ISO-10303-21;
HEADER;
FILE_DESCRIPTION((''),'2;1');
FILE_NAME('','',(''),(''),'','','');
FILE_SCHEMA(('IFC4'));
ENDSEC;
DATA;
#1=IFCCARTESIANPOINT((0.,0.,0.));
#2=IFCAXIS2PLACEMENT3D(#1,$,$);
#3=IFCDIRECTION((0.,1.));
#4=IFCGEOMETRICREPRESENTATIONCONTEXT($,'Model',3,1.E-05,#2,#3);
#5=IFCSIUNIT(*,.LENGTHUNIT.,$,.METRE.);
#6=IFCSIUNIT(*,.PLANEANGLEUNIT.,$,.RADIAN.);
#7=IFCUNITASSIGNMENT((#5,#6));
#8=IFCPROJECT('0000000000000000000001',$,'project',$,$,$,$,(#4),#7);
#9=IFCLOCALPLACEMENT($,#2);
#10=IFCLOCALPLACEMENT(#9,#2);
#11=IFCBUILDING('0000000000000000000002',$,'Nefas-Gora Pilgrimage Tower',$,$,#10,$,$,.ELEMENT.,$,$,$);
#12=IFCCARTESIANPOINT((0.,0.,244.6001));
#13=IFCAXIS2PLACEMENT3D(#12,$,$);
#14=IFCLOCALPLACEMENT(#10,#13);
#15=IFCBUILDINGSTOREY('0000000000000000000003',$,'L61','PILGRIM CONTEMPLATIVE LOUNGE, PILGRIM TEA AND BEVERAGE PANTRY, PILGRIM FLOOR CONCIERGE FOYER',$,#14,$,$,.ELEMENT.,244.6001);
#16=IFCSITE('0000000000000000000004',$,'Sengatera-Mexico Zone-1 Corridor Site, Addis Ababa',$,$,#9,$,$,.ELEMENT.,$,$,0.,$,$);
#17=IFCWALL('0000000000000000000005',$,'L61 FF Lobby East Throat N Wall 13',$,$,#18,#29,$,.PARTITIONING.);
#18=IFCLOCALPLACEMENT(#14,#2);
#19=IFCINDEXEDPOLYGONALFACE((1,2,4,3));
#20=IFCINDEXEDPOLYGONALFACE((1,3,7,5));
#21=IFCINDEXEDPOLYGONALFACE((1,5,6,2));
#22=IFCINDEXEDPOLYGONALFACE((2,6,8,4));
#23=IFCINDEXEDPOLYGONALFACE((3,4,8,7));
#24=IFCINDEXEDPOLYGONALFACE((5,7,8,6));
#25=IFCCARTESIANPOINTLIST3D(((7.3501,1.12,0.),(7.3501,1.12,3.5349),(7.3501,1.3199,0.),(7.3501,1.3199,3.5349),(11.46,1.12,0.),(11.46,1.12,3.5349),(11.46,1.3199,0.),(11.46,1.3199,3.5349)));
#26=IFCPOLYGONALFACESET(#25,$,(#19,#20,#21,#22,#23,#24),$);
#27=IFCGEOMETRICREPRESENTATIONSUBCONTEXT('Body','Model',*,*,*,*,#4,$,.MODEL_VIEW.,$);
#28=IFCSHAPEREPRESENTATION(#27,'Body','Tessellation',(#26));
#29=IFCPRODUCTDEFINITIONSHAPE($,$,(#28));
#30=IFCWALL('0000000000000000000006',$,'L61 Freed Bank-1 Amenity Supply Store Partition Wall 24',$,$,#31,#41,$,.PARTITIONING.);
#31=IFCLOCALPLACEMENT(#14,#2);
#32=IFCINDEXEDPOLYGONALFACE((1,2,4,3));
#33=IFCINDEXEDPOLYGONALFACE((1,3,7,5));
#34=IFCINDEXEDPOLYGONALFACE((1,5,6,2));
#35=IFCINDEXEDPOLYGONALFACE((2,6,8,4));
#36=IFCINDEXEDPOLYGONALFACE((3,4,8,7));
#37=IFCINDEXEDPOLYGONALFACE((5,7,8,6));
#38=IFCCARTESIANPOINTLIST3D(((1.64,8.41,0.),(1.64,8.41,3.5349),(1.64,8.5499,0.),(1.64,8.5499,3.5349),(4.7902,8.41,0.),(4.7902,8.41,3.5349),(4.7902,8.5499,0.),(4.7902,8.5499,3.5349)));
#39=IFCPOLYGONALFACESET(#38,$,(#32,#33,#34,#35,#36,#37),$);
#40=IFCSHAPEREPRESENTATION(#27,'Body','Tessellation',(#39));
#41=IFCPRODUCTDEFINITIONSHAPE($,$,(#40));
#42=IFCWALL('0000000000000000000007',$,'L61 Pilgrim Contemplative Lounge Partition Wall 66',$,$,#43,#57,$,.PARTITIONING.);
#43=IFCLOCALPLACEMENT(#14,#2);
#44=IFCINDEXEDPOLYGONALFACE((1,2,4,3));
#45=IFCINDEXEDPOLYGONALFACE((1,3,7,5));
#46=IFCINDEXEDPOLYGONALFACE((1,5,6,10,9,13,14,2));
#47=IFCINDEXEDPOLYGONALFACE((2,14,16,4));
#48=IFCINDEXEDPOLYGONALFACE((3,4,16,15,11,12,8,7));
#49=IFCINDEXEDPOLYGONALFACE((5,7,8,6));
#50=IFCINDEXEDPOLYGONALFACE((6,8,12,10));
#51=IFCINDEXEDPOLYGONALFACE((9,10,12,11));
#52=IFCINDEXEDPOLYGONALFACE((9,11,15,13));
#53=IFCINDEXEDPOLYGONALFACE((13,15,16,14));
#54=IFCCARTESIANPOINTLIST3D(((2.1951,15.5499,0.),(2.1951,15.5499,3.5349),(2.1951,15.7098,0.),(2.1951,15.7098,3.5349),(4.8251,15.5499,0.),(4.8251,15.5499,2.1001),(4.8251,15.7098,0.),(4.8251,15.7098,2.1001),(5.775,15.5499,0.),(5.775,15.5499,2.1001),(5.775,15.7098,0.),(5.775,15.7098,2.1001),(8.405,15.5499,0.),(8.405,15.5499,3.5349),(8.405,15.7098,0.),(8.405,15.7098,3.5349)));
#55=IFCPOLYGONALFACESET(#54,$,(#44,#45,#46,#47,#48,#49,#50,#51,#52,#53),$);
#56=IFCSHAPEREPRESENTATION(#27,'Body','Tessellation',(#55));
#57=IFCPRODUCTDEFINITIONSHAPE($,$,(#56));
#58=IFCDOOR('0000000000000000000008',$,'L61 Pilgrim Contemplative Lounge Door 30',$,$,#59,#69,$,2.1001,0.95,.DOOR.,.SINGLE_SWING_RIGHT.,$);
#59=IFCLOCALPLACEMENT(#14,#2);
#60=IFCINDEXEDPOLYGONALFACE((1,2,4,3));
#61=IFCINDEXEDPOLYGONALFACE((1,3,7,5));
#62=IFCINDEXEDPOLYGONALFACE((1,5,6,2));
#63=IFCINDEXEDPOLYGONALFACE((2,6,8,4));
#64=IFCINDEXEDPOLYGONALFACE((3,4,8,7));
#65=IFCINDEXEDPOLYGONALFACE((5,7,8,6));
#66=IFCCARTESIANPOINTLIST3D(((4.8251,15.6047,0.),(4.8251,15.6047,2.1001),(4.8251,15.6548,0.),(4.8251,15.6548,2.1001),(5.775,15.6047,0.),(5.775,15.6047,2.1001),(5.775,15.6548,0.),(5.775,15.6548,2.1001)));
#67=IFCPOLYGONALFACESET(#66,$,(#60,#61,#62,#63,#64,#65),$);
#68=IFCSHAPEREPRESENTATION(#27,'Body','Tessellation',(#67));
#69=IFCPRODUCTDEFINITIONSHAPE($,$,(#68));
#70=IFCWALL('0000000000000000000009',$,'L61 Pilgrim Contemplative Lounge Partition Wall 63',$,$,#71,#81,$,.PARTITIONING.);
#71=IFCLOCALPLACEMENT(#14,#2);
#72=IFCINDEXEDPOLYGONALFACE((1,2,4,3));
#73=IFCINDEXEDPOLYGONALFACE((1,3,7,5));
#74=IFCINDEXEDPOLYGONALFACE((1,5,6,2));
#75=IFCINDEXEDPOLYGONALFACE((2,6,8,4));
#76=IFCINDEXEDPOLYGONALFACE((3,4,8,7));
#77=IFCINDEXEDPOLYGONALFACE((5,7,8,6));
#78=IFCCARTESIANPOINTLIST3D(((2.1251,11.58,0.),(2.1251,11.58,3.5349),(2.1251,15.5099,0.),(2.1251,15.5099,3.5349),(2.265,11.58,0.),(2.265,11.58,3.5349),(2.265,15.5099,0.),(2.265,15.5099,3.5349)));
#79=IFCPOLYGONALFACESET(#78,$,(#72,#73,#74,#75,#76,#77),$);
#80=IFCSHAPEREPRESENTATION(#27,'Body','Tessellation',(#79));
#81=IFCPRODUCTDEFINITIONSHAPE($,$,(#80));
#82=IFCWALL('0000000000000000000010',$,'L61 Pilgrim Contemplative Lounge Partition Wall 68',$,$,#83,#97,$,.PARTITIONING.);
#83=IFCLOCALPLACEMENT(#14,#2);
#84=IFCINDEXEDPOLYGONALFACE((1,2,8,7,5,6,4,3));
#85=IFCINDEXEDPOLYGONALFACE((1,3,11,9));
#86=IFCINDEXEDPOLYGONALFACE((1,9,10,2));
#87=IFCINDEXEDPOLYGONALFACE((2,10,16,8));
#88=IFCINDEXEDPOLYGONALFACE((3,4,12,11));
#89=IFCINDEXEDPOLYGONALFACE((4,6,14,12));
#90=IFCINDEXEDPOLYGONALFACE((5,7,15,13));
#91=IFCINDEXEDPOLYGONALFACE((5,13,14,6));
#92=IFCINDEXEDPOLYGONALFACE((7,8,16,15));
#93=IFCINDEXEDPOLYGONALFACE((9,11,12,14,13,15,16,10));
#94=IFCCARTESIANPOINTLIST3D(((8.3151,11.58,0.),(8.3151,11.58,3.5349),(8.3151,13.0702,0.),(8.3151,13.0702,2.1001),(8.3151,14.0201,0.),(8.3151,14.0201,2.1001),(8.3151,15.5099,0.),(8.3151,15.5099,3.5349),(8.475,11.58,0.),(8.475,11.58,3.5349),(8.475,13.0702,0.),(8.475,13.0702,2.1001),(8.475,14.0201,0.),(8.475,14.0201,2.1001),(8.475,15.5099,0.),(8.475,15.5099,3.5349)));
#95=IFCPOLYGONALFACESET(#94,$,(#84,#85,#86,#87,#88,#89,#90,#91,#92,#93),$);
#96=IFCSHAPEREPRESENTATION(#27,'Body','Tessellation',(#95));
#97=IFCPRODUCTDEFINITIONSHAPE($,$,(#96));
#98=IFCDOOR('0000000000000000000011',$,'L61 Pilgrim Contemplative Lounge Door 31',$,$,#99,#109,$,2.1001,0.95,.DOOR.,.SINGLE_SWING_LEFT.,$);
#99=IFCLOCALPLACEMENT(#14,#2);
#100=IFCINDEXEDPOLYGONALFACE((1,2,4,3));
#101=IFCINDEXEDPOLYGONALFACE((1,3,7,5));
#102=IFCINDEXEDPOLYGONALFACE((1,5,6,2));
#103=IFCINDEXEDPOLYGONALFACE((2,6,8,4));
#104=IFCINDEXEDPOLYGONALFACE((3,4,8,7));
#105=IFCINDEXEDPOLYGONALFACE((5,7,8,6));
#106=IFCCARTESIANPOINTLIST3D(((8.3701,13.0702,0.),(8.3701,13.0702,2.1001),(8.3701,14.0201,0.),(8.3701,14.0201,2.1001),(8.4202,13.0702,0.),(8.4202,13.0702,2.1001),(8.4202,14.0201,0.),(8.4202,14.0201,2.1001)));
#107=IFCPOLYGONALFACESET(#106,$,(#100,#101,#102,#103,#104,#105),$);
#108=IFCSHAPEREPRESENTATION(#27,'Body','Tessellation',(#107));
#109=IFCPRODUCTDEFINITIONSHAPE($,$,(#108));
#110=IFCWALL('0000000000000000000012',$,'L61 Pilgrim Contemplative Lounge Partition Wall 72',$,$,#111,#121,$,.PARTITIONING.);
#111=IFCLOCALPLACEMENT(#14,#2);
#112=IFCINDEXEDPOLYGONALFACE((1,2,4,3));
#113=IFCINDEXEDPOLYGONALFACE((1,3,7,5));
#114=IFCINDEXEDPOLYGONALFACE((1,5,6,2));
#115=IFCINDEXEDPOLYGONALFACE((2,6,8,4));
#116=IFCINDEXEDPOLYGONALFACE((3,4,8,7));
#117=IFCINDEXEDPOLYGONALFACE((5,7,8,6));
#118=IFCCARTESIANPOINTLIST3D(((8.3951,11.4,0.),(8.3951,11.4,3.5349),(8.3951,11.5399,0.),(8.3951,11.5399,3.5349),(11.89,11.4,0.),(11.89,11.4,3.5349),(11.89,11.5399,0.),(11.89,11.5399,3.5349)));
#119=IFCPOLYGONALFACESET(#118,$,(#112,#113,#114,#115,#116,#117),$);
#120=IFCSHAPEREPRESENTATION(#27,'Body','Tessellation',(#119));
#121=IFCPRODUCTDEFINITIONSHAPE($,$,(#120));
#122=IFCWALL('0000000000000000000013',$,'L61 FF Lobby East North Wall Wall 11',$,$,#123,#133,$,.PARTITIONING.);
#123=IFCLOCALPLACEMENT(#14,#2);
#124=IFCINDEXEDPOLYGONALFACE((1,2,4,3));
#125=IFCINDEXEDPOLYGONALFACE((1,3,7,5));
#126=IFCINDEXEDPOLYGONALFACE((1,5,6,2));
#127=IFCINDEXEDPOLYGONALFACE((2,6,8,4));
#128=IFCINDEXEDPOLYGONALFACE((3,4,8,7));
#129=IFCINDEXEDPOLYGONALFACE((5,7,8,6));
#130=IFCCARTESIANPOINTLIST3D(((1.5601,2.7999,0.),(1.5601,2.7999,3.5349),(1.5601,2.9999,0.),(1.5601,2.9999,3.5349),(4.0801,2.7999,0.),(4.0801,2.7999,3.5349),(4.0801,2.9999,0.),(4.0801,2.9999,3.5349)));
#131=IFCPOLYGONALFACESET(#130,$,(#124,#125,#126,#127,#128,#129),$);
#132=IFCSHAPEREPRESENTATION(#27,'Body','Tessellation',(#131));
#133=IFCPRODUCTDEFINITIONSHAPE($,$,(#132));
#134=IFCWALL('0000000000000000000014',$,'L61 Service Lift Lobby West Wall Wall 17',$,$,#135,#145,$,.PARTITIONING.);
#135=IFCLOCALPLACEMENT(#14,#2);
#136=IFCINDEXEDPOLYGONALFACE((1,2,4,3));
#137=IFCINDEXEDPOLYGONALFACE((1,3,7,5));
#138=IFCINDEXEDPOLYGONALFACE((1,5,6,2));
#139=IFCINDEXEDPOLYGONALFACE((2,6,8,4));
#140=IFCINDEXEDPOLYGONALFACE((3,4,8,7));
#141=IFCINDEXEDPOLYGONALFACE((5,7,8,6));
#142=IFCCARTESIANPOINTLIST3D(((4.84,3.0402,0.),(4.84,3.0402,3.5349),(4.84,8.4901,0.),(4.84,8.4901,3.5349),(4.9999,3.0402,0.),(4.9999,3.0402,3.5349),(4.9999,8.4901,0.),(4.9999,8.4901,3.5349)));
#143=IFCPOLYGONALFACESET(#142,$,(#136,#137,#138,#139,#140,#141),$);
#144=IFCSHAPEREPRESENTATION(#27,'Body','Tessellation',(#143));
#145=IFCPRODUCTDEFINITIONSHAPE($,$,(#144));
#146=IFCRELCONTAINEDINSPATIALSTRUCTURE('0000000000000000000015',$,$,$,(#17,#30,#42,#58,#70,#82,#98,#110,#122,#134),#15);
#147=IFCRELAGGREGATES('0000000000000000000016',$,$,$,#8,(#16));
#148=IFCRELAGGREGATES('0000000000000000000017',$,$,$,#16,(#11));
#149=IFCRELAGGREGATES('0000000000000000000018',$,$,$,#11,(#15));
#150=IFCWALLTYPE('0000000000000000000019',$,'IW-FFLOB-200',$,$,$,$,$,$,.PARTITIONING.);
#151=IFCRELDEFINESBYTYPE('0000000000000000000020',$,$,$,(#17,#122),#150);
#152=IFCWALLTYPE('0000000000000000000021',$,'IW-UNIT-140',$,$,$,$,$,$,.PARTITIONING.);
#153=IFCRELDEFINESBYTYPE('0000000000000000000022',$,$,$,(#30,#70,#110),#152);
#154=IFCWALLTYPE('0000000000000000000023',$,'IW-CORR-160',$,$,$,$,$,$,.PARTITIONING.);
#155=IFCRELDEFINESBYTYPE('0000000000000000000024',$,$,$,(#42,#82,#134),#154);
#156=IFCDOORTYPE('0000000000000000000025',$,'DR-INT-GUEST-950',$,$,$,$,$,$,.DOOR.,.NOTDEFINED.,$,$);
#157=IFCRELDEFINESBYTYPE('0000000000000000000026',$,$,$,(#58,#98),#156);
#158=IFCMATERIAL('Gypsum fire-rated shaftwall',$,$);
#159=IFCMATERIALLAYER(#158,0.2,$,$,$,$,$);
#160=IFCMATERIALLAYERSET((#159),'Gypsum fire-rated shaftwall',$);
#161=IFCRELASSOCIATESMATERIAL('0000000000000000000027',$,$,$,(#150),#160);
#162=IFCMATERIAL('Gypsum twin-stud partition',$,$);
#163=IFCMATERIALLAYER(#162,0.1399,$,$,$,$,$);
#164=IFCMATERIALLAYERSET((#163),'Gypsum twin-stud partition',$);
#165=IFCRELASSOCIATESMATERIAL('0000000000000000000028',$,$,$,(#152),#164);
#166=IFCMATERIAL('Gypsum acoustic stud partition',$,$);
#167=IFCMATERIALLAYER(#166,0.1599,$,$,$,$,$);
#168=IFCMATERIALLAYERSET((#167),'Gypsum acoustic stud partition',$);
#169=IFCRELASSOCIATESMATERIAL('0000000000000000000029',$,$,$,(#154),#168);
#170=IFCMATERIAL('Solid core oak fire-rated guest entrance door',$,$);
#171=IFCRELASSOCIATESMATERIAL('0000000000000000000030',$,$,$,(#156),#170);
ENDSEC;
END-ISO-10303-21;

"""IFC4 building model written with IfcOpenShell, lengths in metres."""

from ifc_helpers import new_model, si_unit, direction, frame, frame_2d, origin, place, context, subcontext, project, spatial, rectangle, extrude, source, transform, mapped, material, layer, layer_set, type_object, element, fill, save


model = new_model("IFC4")

# Units and contexts
model_context = context("Model", 3, precision=1e-05, world=origin(), true_north=direction((0.0, 1.0)))
body_context = subcontext(model_context, "Body", "Model", "MODEL_VIEW")
ifc_project = project(units=[si_unit("LENGTHUNIT", "METRE"), si_unit("PLANEANGLEUNIT", "RADIAN")], contexts=[model_context])

# Site, building, storey
site_placement = place(None, origin())
site = spatial("IfcSite", under=ifc_project, at=site_placement, Name="Sengatera-Mexico Zone-1 Corridor Site, Addis Ababa", CompositionType="ELEMENT", RefElevation=0.0)
building_placement = place(site_placement, origin())
building = spatial("IfcBuilding", under=site, at=building_placement, Name="Nefas-Gora Pilgrimage Tower", CompositionType="ELEMENT")
storey_placement = place(building_placement, frame((0.0, 0.0, 244.6001)))
storey = spatial("IfcBuildingStorey", under=building, at=storey_placement, Name="L61", Description="PILGRIM CONTEMPLATIVE LOUNGE, PILGRIM TEA AND BEVERAGE PANTRY, PILGRIM FLOOR CONCIERGE FOYER", CompositionType="ELEMENT", Elevation=244.6001)

# Shared definitions
ifc_material_1 = material(Name="Gypsum fire-rated shaftwall")
ifc_layer_1 = layer(ifc_material_1, 0.2)
ifc_layer_set_1 = layer_set([ifc_layer_1], Name="Gypsum fire-rated shaftwall")
wall_type_1 = type_object("IfcWallType", Name="IW-FFLOB-200", PredefinedType="PARTITIONING", material=ifc_layer_set_1)

# Walls
shared_shape_1 = source(origin(), body_context, "Body", "SweptSolid", [
    extrude(rectangle(XDim=4.1099, YDim=0.2, at=frame_2d((2.0549, 0.0))), origin(), (0.0, 0.0, 1.0), 3.5349),
])
wall_1_placement = place(storey_placement, frame((7.3501, 1.22, 0.0), z_axis=(0.0, 0.0, 1.0), x_axis=(1.0, 0.0, 0.0)))
element("IfcWall", 1, at=wall_1_placement, inside=storey, type_object=wall_type_1, Name="L61 FF Lobby East Throat N Wall 13", PredefinedType="PARTITIONING", context=body_context, shape_type="MappedRepresentation", body=[
    mapped(shared_shape_1, transform((0.0, 0.0, 0.0), x_axis=(1.0, 0.0, 0.0), y_axis=(0.0, 1.0, 0.0), z_axis=(0.0, 0.0, 1.0), scale=1.0)),
])
ifc_material_2 = material(Name="Gypsum twin-stud partition")
ifc_layer_2 = layer(ifc_material_2, 0.1399)
ifc_layer_set_2 = layer_set([ifc_layer_2], Name="Gypsum twin-stud partition")
wall_type_2 = type_object("IfcWallType", Name="IW-UNIT-140", PredefinedType="PARTITIONING", material=ifc_layer_set_2)
shared_shape_2 = source(origin(), body_context, "Body", "SweptSolid", [
    extrude(rectangle(XDim=3.1501, YDim=0.1399, at=frame_2d((1.5752, 0.0))), origin(), (0.0, 0.0, 1.0), 3.5349),
])
wall_2_placement = place(storey_placement, frame((1.6399, 8.48, 0.0), z_axis=(0.0, 0.0, 1.0), x_axis=(1.0, 0.0, 0.0)))
element("IfcWall", 2, at=wall_2_placement, inside=storey, type_object=wall_type_2, Name="L61 Freed Bank-1 Amenity Supply Store Partition Wall 24", PredefinedType="PARTITIONING", context=body_context, shape_type="MappedRepresentation", body=[
    mapped(shared_shape_2, transform((0.0, 0.0, 0.0), x_axis=(1.0, 0.0, 0.0), y_axis=(0.0, 1.0, 0.0), z_axis=(0.0, 0.0, 1.0), scale=1.0)),
])

# Wall, opening, door
ifc_material_3 = material(Name="Gypsum acoustic stud partition")
ifc_layer_3 = layer(ifc_material_3, 0.1599)
ifc_layer_set_3 = layer_set([ifc_layer_3], Name="Gypsum acoustic stud partition")
wall_type_3 = type_object("IfcWallType", Name="IW-CORR-160", PredefinedType="PARTITIONING", material=ifc_layer_set_3)
shared_shape_3 = source(origin(), body_context, "Body", "SweptSolid", [
    extrude(rectangle(XDim=6.21, YDim=0.1599, at=frame_2d((3.105, 0.0))), origin(), (0.0, 0.0, 1.0), 3.5349),
])
wall_3_placement = place(storey_placement, frame((2.1951, 15.6299, 0.0), z_axis=(0.0, 0.0, 1.0), x_axis=(1.0, 0.0, 0.0)))
wall_3 = element("IfcWall", 3, at=wall_3_placement, inside=storey, type_object=wall_type_3, Name="L61 Pilgrim Contemplative Lounge Partition Wall 66", PredefinedType="PARTITIONING", context=body_context, shape_type="MappedRepresentation", body=[
    mapped(shared_shape_3, transform((0.0, 0.0, 0.0), x_axis=(1.0, 0.0, 0.0), y_axis=(0.0, 1.0, 0.0), z_axis=(0.0, 0.0, 1.0), scale=1.0)),
])
opening_1_placement = place(wall_3_placement, frame((2.6299, 0.0, 0.0)))
opening_1 = element("IfcOpeningElement", 4, at=opening_1_placement, cuts=wall_3, PredefinedType="OPENING", context=body_context, shape_type="SweptSolid", body=[
    extrude(rectangle(XDim=0.95, YDim=2.1001, at=frame_2d((0.4751, 1.05))), frame((0.0, 0.0898, 0.0), z_axis=(0.0, -1.0, 0.0), x_axis=(1.0, 0.0, 0.0)), (0.0, 0.0, 1.0), 0.1799),
])
ifc_material_4 = material(Name="Solid core oak fire-rated guest entrance door")
door_type_1 = type_object("IfcDoorType", Name="DR-INT-GUEST-950", OperationType="NOTDEFINED", PredefinedType="DOOR", material=ifc_material_4)
shared_shape_4 = source(origin(), body_context, "Body", "SweptSolid", [
    extrude(rectangle(XDim=0.95, YDim=2.1001, at=frame_2d((0.4751, 1.05))), frame((0.0, 0.0249, 0.0), z_axis=(0.0, -1.0, 0.0), x_axis=(1.0, 0.0, 0.0)), (0.0, 0.0, 1.0), 0.05),
])
door_1_placement = place(opening_1_placement, origin())
door_1 = element("IfcDoor", 5, at=door_1_placement, inside=storey, type_object=door_type_1, Name="L61 Pilgrim Contemplative Lounge Door 30", OperationType="SINGLE_SWING_RIGHT", OverallHeight=2.1001, OverallWidth=0.95, PredefinedType="DOOR", context=body_context, shape_type="MappedRepresentation", body=[
    mapped(shared_shape_4, transform((0.0, 0.0, 0.0), x_axis=(1.0, 0.0, 0.0), y_axis=(0.0, 1.0, 0.0), z_axis=(0.0, 0.0, 1.0), scale=1.0)),
])
fill(opening_1, door_1)

# Wall
shared_shape_5 = source(origin(), body_context, "Body", "SweptSolid", [
    extrude(rectangle(XDim=3.9299, YDim=0.1399, at=frame_2d((1.9648, 0.0))), origin(), (0.0, 0.0, 1.0), 3.5349),
])
wall_4_placement = place(storey_placement, frame((2.1951, 11.5801, 0.0), z_axis=(0.0, 0.0, 1.0), x_axis=(0.0, 1.0, 0.0)))
element("IfcWall", 6, at=wall_4_placement, inside=storey, type_object=wall_type_2, Name="L61 Pilgrim Contemplative Lounge Partition Wall 63", PredefinedType="PARTITIONING", context=body_context, shape_type="MappedRepresentation", body=[
    mapped(shared_shape_5, transform((0.0, 0.0, 0.0), x_axis=(1.0, 0.0, 0.0), y_axis=(0.0, 1.0, 0.0), z_axis=(0.0, 0.0, 1.0), scale=1.0)),
])

# Wall, opening, door
shared_shape_6 = source(origin(), body_context, "Body", "SweptSolid", [
    extrude(rectangle(XDim=3.9299, YDim=0.1599, at=frame_2d((1.9648, 0.0))), origin(), (0.0, 0.0, 1.0), 3.5349),
])
wall_5_placement = place(storey_placement, frame((8.395, 11.5801, 0.0), z_axis=(0.0, 0.0, 1.0), x_axis=(0.0, 1.0, 0.0)))
wall_5 = element("IfcWall", 7, at=wall_5_placement, inside=storey, type_object=wall_type_3, Name="L61 Pilgrim Contemplative Lounge Partition Wall 68", PredefinedType="PARTITIONING", context=body_context, shape_type="MappedRepresentation", body=[
    mapped(shared_shape_6, transform((0.0, 0.0, 0.0), x_axis=(1.0, 0.0, 0.0), y_axis=(0.0, 1.0, 0.0), z_axis=(0.0, 0.0, 1.0), scale=1.0)),
])
opening_2_placement = place(wall_5_placement, frame((1.49, 0.0, 0.0)))
opening_2 = element("IfcOpeningElement", 8, at=opening_2_placement, cuts=wall_5, PredefinedType="OPENING", context=body_context, shape_type="SweptSolid", body=[
    extrude(rectangle(XDim=0.95, YDim=2.1001, at=frame_2d((0.4751, 1.05))), frame((0.0, 0.0898, 0.0), z_axis=(0.0, -1.0, 0.0), x_axis=(1.0, 0.0, 0.0)), (0.0, 0.0, 1.0), 0.1799),
])
door_2_placement = place(opening_2_placement, origin())
door_2 = element("IfcDoor", 9, at=door_2_placement, inside=storey, type_object=door_type_1, Name="L61 Pilgrim Contemplative Lounge Door 31", OperationType="SINGLE_SWING_LEFT", OverallHeight=2.1001, OverallWidth=0.95, PredefinedType="DOOR", context=body_context, shape_type="MappedRepresentation", body=[
    mapped(shared_shape_4, transform((0.0, 0.0, 0.0), x_axis=(1.0, 0.0, 0.0), y_axis=(0.0, 1.0, 0.0), z_axis=(0.0, 0.0, 1.0), scale=1.0)),
])
fill(opening_2, door_2)

# Walls
shared_shape_7 = source(origin(), body_context, "Body", "SweptSolid", [
    extrude(rectangle(XDim=3.4949, YDim=0.1399, at=frame_2d((1.7476, 0.0))), origin(), (0.0, 0.0, 1.0), 3.5349),
])
wall_6_placement = place(storey_placement, frame((8.395, 11.47, 0.0), z_axis=(0.0, 0.0, 1.0), x_axis=(1.0, 0.0, 0.0)))
element("IfcWall", 10, at=wall_6_placement, inside=storey, type_object=wall_type_2, Name="L61 Pilgrim Contemplative Lounge Partition Wall 72", PredefinedType="PARTITIONING", context=body_context, shape_type="MappedRepresentation", body=[
    mapped(shared_shape_7, transform((0.0, 0.0, 0.0), x_axis=(1.0, 0.0, 0.0), y_axis=(0.0, 1.0, 0.0), z_axis=(0.0, 0.0, 1.0), scale=1.0)),
])
shared_shape_8 = source(origin(), body_context, "Body", "SweptSolid", [
    extrude(rectangle(XDim=2.52, YDim=0.2, at=frame_2d((1.26, 0.0))), origin(), (0.0, 0.0, 1.0), 3.5349),
])
wall_7_placement = place(storey_placement, frame((1.5601, 2.8999, 0.0), z_axis=(0.0, 0.0, 1.0), x_axis=(1.0, 0.0, 0.0)))
element("IfcWall", 11, at=wall_7_placement, inside=storey, type_object=wall_type_1, Name="L61 FF Lobby East North Wall Wall 11", PredefinedType="PARTITIONING", context=body_context, shape_type="MappedRepresentation", body=[
    mapped(shared_shape_8, transform((0.0, 0.0, 0.0), x_axis=(1.0, 0.0, 0.0), y_axis=(0.0, 1.0, 0.0), z_axis=(0.0, 0.0, 1.0), scale=1.0)),
])
shared_shape_9 = source(origin(), body_context, "Body", "SweptSolid", [
    extrude(rectangle(XDim=5.45, YDim=0.1599, at=frame_2d((2.7251, 0.0))), origin(), (0.0, 0.0, 1.0), 3.5349),
])
wall_8_placement = place(storey_placement, frame((4.9199, 3.04, 0.0), z_axis=(0.0, 0.0, 1.0), x_axis=(0.0, 1.0, 0.0)))
element("IfcWall", 12, at=wall_8_placement, inside=storey, type_object=wall_type_3, Name="L61 Service Lift Lobby West Wall Wall 17", PredefinedType="PARTITIONING", context=body_context, shape_type="MappedRepresentation", body=[
    mapped(shared_shape_9, transform((0.0, 0.0, 0.0), x_axis=(1.0, 0.0, 0.0), y_axis=(0.0, 1.0, 0.0), z_axis=(0.0, 0.0, 1.0), scale=1.0)),
])

save(model, "model.ifc")
